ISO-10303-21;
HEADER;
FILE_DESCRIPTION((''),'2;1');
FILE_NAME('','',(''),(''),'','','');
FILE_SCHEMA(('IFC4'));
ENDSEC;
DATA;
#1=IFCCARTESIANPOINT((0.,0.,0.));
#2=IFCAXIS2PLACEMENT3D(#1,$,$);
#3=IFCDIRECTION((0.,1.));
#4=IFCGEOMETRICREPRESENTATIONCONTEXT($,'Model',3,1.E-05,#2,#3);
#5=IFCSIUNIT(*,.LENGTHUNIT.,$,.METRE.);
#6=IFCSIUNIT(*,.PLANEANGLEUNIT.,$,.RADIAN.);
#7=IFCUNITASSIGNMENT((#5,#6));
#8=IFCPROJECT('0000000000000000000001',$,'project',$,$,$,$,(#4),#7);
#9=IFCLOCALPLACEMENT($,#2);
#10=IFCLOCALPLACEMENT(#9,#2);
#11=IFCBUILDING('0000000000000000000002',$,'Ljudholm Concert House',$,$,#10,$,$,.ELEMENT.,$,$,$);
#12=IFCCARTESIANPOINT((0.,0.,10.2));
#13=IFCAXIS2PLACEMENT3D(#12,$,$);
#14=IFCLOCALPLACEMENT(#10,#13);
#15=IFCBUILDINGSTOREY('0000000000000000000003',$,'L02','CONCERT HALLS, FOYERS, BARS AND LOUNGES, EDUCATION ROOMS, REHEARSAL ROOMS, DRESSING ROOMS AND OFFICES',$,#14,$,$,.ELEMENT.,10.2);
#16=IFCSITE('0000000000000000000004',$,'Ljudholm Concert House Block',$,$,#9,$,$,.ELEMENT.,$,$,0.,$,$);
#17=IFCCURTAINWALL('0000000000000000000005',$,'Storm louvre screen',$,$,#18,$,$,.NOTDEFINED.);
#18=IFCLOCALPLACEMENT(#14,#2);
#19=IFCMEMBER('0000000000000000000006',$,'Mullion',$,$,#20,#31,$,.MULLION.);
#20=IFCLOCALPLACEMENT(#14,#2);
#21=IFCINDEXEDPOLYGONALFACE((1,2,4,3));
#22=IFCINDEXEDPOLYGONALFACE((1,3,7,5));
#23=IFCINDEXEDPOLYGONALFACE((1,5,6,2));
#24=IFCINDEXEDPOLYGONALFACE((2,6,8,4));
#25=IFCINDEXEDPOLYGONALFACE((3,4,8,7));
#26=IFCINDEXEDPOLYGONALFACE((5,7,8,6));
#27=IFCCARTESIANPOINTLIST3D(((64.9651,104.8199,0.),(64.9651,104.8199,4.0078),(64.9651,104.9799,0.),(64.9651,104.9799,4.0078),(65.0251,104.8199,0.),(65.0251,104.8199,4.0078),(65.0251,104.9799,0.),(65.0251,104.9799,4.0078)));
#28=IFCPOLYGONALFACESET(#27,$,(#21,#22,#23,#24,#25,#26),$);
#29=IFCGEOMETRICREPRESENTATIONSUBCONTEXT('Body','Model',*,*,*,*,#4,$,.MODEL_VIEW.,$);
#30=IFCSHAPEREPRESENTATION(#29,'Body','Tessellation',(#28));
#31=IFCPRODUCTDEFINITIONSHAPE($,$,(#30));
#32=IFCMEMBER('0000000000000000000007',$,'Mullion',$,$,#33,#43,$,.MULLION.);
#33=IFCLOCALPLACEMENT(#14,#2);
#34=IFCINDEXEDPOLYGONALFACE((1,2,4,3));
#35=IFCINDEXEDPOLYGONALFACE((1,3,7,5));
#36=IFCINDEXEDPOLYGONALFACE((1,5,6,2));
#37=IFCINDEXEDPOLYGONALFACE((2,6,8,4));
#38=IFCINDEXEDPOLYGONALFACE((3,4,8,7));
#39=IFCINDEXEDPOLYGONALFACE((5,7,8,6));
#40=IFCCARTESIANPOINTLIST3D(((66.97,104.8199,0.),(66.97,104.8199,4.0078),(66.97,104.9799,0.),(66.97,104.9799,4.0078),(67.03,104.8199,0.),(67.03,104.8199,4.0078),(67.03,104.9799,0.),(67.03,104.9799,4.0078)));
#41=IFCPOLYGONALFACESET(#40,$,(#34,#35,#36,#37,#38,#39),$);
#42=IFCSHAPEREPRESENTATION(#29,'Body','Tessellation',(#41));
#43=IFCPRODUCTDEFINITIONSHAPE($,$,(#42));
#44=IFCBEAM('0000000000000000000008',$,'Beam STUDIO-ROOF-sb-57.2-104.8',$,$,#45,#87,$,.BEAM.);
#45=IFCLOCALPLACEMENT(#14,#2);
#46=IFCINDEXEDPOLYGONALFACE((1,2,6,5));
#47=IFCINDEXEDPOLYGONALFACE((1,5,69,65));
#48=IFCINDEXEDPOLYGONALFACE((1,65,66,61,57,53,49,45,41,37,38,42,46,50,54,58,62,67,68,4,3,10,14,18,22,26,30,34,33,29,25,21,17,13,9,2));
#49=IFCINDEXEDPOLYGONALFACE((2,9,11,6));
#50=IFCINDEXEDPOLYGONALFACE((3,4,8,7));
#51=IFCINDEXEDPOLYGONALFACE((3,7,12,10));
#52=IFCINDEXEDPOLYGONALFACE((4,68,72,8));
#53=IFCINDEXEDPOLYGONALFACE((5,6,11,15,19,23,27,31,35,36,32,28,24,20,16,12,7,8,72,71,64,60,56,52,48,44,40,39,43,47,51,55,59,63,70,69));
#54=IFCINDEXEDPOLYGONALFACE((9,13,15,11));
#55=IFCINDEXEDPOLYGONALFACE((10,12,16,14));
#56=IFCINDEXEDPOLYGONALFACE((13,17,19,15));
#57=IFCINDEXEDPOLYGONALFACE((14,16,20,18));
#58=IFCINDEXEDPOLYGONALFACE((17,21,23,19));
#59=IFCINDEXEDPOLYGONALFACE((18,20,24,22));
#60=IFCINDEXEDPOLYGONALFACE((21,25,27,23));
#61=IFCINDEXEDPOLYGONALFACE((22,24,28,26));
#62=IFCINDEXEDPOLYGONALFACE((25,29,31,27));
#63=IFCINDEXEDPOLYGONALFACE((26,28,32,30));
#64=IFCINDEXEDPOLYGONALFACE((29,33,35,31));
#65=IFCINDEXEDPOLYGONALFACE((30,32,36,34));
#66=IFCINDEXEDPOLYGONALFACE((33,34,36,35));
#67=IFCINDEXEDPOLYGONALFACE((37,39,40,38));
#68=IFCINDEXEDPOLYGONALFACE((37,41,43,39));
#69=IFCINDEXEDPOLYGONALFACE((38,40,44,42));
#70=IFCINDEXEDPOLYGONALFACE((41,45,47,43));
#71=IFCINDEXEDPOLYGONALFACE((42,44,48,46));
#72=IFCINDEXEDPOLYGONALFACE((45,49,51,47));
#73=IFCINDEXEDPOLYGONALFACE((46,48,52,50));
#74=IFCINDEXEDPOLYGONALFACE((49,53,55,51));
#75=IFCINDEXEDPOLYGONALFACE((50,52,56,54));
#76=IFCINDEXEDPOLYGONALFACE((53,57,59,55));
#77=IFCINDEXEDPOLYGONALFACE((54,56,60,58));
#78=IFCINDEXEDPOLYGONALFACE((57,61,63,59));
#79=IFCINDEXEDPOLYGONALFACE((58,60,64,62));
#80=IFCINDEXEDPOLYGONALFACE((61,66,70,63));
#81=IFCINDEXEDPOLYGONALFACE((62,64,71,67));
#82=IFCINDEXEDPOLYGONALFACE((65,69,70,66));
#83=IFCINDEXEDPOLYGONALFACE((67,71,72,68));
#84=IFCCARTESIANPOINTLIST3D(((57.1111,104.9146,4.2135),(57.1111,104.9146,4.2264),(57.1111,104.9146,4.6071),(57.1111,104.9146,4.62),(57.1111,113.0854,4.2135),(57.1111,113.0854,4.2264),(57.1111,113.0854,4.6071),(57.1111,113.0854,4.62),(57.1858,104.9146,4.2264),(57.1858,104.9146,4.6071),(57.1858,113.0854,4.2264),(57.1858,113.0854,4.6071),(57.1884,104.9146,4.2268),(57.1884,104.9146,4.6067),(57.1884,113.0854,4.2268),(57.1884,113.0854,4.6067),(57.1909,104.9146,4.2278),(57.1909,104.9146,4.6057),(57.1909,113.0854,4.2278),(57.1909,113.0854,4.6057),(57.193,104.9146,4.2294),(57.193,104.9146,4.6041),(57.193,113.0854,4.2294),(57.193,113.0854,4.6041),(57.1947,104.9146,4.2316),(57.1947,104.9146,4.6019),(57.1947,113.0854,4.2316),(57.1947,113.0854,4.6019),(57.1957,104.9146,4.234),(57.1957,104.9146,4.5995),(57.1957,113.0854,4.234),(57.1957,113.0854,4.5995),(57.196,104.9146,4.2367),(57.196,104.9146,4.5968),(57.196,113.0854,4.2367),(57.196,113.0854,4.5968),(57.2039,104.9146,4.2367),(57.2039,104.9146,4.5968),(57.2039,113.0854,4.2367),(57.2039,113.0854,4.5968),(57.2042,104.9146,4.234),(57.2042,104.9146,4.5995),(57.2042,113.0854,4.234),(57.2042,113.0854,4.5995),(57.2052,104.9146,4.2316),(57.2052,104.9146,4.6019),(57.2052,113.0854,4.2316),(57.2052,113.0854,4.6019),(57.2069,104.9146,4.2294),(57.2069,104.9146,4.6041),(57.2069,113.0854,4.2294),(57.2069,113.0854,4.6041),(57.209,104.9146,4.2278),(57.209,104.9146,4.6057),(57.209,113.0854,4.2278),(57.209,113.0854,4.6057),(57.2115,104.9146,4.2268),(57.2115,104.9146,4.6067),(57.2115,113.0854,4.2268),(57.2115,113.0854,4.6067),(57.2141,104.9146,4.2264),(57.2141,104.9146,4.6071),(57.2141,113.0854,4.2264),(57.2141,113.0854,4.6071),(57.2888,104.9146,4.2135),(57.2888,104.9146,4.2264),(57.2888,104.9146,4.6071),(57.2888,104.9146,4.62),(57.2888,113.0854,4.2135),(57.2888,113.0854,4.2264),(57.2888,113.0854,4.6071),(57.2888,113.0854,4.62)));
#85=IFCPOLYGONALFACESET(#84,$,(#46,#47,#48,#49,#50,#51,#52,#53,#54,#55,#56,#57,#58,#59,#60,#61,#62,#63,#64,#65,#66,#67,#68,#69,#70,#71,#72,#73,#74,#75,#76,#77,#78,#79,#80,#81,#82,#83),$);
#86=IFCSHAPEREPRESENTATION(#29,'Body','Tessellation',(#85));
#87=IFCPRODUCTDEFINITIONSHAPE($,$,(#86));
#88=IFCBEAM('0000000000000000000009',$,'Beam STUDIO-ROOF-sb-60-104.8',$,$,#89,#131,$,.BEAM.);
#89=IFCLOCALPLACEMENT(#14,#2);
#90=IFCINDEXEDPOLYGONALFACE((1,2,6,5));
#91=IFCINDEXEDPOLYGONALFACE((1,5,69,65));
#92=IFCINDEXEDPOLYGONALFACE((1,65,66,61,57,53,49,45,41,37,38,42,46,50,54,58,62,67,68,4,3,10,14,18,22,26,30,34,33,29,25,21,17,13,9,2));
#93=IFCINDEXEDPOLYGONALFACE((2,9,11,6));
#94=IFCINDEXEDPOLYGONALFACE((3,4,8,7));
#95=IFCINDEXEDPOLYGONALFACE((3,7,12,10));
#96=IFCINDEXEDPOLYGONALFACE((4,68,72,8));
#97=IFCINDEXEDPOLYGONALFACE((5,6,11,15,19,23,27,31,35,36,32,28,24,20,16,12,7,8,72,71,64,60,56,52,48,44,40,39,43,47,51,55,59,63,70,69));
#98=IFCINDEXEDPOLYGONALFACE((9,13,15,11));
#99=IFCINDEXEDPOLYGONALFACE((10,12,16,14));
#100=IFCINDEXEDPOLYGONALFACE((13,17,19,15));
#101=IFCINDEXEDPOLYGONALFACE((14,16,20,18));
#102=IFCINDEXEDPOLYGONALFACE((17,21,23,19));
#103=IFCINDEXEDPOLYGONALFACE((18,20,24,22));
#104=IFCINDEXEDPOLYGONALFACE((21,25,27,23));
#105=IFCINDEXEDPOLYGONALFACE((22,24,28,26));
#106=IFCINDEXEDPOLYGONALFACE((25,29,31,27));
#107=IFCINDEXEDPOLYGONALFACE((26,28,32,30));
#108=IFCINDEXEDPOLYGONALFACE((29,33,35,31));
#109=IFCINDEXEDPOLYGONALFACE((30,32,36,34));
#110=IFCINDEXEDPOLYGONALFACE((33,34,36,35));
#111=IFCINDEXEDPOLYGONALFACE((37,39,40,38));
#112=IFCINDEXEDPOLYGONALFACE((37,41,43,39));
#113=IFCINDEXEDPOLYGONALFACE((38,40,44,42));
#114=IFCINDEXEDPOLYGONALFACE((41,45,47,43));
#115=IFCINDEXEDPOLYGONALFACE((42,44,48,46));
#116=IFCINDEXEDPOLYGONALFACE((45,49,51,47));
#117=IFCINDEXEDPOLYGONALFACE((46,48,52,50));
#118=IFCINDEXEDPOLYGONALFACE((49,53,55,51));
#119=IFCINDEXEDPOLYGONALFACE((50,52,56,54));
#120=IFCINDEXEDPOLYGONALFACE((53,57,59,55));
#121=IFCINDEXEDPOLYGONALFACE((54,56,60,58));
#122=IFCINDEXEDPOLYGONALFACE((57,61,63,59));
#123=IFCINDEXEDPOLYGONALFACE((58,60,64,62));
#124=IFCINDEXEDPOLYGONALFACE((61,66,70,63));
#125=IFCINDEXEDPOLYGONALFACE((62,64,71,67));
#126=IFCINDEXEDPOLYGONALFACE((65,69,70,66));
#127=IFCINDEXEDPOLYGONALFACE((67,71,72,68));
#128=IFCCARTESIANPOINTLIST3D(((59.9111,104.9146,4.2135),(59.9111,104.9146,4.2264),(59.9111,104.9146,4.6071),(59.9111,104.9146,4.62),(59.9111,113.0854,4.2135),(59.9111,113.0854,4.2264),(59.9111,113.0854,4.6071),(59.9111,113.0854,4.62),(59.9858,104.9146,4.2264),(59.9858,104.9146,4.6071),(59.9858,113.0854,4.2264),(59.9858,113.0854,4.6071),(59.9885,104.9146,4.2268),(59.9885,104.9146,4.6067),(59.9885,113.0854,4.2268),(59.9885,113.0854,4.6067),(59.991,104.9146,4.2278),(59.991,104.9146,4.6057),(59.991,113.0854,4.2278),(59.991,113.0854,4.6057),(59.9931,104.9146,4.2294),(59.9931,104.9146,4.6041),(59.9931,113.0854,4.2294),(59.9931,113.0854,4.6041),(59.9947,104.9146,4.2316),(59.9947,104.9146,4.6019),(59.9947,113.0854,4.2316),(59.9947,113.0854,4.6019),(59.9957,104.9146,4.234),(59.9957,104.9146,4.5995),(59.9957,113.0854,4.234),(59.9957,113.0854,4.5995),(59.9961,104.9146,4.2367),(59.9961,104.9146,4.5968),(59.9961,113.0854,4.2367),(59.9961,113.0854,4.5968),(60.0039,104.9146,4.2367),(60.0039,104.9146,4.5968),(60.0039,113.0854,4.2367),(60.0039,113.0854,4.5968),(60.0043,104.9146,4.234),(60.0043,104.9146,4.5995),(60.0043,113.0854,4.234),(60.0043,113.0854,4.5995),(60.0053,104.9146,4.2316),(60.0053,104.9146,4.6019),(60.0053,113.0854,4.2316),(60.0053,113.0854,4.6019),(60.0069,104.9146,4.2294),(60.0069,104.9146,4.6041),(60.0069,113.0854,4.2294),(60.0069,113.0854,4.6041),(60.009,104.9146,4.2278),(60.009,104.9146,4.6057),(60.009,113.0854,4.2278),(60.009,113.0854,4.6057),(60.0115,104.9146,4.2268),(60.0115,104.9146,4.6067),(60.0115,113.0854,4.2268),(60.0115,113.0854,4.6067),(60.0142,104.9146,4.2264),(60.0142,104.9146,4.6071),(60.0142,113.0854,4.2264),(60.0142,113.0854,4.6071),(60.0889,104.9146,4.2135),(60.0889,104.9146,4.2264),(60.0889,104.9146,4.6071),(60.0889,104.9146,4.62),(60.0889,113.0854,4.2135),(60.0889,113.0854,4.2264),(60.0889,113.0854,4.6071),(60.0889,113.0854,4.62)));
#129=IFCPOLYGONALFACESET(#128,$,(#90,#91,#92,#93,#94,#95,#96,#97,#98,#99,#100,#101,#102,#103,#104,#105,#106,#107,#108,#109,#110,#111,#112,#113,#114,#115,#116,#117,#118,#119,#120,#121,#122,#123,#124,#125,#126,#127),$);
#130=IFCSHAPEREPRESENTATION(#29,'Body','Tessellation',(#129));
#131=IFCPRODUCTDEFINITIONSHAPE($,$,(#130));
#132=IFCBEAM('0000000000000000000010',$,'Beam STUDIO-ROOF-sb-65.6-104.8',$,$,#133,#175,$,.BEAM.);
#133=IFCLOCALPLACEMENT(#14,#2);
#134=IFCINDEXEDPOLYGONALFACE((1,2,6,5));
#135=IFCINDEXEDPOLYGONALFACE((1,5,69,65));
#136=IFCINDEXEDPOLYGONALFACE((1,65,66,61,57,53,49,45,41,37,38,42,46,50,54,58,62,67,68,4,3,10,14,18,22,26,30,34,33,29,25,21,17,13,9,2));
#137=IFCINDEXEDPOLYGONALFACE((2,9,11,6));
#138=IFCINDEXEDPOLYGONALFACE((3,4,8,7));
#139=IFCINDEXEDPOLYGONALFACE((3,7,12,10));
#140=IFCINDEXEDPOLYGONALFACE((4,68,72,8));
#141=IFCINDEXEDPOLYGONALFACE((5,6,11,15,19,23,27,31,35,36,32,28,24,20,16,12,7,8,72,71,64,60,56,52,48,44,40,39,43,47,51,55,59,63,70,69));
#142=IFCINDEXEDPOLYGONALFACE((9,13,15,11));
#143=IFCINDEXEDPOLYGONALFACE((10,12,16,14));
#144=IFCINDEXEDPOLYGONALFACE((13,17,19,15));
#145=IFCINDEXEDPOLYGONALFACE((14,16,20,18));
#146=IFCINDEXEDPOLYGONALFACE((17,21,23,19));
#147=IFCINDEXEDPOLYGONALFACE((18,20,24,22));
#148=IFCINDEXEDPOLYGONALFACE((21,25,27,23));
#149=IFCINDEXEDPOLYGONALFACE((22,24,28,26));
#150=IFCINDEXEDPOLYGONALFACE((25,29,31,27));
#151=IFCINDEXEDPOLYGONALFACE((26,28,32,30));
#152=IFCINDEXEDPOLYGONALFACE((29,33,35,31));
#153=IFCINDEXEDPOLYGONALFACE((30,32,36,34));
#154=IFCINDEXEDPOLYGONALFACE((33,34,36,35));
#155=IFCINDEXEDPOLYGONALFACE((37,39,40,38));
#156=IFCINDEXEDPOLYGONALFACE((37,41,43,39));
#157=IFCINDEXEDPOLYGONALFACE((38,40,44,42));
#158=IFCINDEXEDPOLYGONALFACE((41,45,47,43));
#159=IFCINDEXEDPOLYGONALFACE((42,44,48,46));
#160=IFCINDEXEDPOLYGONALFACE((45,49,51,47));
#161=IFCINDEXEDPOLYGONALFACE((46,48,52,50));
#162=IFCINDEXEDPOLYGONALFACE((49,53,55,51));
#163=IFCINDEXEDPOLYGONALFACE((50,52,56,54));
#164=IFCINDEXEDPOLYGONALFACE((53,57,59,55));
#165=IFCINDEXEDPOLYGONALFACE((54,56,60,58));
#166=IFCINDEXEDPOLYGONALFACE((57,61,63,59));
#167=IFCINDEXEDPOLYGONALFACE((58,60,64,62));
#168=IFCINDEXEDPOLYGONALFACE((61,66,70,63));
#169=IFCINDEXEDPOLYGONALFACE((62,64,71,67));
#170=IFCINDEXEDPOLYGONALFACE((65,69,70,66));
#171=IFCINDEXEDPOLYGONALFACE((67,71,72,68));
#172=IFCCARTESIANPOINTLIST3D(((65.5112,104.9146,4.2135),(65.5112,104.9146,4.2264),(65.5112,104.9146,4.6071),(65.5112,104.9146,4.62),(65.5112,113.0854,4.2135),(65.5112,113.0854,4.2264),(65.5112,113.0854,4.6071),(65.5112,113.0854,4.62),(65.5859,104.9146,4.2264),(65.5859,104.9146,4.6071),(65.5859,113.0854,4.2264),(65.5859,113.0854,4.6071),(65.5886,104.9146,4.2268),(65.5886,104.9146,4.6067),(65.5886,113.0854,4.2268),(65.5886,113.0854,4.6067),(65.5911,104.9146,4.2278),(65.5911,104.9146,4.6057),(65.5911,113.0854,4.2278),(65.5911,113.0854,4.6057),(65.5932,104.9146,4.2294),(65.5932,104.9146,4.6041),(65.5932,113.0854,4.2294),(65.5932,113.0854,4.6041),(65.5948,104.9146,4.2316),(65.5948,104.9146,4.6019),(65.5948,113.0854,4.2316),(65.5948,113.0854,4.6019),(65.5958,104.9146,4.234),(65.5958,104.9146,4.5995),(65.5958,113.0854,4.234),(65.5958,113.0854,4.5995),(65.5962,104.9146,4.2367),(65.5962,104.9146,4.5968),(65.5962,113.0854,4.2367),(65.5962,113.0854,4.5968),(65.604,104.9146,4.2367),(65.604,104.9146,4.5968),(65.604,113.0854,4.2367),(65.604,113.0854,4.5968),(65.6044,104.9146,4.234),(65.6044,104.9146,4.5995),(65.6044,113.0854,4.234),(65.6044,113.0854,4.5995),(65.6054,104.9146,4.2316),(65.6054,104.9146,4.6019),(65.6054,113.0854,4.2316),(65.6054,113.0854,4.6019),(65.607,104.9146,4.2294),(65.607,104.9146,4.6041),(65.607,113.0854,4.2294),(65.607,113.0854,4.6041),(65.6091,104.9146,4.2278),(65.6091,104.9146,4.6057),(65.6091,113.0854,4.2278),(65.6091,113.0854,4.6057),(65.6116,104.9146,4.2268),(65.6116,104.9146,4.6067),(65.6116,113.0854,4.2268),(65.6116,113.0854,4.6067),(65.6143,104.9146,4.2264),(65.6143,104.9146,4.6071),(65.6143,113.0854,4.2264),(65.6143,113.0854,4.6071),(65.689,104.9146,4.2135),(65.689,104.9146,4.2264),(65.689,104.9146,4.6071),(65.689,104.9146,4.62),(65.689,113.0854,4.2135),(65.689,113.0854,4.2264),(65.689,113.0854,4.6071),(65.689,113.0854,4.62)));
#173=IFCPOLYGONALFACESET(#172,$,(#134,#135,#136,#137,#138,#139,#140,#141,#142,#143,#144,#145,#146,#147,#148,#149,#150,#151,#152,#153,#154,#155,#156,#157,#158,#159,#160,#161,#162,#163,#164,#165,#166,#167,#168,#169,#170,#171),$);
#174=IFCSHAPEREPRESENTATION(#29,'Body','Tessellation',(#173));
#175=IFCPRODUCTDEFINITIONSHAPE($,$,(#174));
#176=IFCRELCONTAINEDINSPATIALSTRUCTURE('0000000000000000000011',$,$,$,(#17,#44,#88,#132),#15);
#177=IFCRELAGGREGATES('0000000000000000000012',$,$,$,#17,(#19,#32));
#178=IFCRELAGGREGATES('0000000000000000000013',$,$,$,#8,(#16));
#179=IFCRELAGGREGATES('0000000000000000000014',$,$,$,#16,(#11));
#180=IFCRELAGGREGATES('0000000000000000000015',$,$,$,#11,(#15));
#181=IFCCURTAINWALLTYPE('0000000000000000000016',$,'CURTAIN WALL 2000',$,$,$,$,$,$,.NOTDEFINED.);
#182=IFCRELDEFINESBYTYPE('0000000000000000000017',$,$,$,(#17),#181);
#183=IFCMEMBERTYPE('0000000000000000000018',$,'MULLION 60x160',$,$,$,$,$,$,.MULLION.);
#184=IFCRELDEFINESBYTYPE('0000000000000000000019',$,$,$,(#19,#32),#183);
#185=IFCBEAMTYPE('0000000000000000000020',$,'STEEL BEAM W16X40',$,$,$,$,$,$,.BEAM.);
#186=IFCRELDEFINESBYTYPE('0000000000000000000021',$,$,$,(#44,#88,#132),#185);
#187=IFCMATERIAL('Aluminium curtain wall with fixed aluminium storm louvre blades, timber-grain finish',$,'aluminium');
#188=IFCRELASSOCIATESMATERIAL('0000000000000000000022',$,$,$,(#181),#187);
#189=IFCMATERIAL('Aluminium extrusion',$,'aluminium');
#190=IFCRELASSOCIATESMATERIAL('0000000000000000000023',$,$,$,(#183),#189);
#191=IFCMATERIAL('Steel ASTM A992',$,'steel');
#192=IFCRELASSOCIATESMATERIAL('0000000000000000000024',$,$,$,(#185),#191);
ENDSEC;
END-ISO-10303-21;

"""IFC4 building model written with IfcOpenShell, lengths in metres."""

from ifc_helpers import new_model, si_unit, direction, frame, origin, origin_2d, place, context, subcontext, project, spatial, rectangle, i_section, extrude, material, material_profile, profile_set, type_object, element, aggregate, save


model = new_model("IFC4")

# Units and contexts
model_context = context("Model", 3, precision=1e-05, world=origin(), true_north=direction((0.0, 1.0)))
body_context = subcontext(model_context, "Body", "Model", "MODEL_VIEW")
ifc_project = project(units=[si_unit("LENGTHUNIT", "METRE"), si_unit("PLANEANGLEUNIT", "RADIAN")], contexts=[model_context])

# Site, building, storey
site_placement = place(None, origin())
site = spatial("IfcSite", under=ifc_project, at=site_placement, Name="Ljudholm Concert House Block", CompositionType="ELEMENT", RefElevation=0.0)
building_placement = place(site_placement, origin())
building = spatial("IfcBuilding", under=site, at=building_placement, Name="Ljudholm Concert House", CompositionType="ELEMENT")
storey_placement = place(building_placement, frame((0.0, 0.0, 10.2)))
storey = spatial("IfcBuildingStorey", under=building, at=storey_placement, Name="L02", Description="CONCERT HALLS, FOYERS, BARS AND LOUNGES, EDUCATION ROOMS, REHEARSAL ROOMS, DRESSING ROOMS AND OFFICES", CompositionType="ELEMENT", Elevation=10.2)

# Curtain wall, members
ifc_material_1 = material(Name="Aluminium curtain wall with fixed aluminium storm louvre blades, timber-grain finish", Category="aluminium")
curtain_wall_type = type_object("IfcCurtainWallType", Name="CURTAIN WALL 2000", PredefinedType="NOTDEFINED", material=ifc_material_1)
curtain_wall_placement = place(storey_placement, origin())
curtain_wall = element("IfcCurtainWall", 1, at=curtain_wall_placement, inside=storey, type_object=curtain_wall_type, Name="Storm louvre screen", PredefinedType="NOTDEFINED")
ifc_material_2 = material(Name="Aluminium extrusion", Category="aluminium")
ifc_material_profile_1 = material_profile(ifc_material_2, rectangle(XDim=0.1599, YDim=0.0601, at=origin_2d()), Name="MULLION 60x160")
ifc_profile_set_1 = profile_set([ifc_material_profile_1], Name="Aluminium extrusion")
member_type_1 = type_object("IfcMemberType", Name="MULLION 60x160", PredefinedType="MULLION", material=ifc_profile_set_1)
member_1_placement = place(storey_placement, frame((64.9951, 104.8999, 0.0), z_axis=(0.0, 0.0, 1.0), x_axis=(0.0, 1.0, 0.0)))
member_1 = element("IfcMember", 2, at=member_1_placement, type_object=member_type_1, Name="Mullion", PredefinedType="MULLION", context=body_context, shape_type="SweptSolid", body=[
    extrude(rectangle(XDim=0.1599, YDim=0.0601, at=origin_2d()), origin(), (0.0, 0.0, 1.0), 4.0078),
])
member_2_placement = place(storey_placement, frame((67.0, 104.8999, 0.0), z_axis=(0.0, 0.0, 1.0), x_axis=(0.0, 1.0, 0.0)))
member_2 = element("IfcMember", 3, at=member_2_placement, type_object=member_type_1, Name="Mullion", PredefinedType="MULLION", context=body_context, shape_type="SweptSolid", body=[
    extrude(rectangle(XDim=0.1599, YDim=0.0601, at=origin_2d()), origin(), (0.0, 0.0, 1.0), 4.0078),
])

# Beams
ifc_material_3 = material(Name="Steel ASTM A992", Category="steel")
ifc_material_profile_2 = material_profile(ifc_material_3, i_section(OverallWidth=0.1777, OverallDepth=0.4065, WebThickness=0.0078, FlangeThickness=0.0129, FilletRadius=0.0103, at=origin_2d()), Name="W16X40")
ifc_profile_set_2 = profile_set([ifc_material_profile_2], Name="Steel ASTM A992")
beam_type_1 = type_object("IfcBeamType", Name="STEEL BEAM W16X40", PredefinedType="BEAM", material=ifc_profile_set_2)
for number, where, z_axis, x_axis, name in (
    (4, (57.2, 104.9146, 4.4167), (0.0, 1.0, 0.0), (-1.0, 0.0, 0.0), "Beam STUDIO-ROOF-sb-57.2-104.8"),
    (5, (60.0, 104.9146, 4.4167), (0.0, 1.0, 0.0), (-1.0, 0.0, 0.0), "Beam STUDIO-ROOF-sb-60-104.8"),
    (6, (65.6001, 104.9146, 4.4167), (0.0, 1.0, 0.0), (-1.0, 0.0, 0.0), "Beam STUDIO-ROOF-sb-65.6-104.8"),
):
    element("IfcBeam", number, at=place(storey_placement, frame(where, z_axis=z_axis, x_axis=x_axis)), inside=storey, type_object=beam_type_1, Name=name, PredefinedType="BEAM", context=body_context, shape_type="SweptSolid", body=[
        extrude(i_section(OverallWidth=0.1777, OverallDepth=0.4065, WebThickness=0.0078, FlangeThickness=0.0129, FilletRadius=0.0103, at=origin_2d()), origin(), (0.0, 0.0, 1.0), 8.1709),
    ])

aggregate(curtain_wall, [member_1, member_2])

save(model, "model.ifc")
